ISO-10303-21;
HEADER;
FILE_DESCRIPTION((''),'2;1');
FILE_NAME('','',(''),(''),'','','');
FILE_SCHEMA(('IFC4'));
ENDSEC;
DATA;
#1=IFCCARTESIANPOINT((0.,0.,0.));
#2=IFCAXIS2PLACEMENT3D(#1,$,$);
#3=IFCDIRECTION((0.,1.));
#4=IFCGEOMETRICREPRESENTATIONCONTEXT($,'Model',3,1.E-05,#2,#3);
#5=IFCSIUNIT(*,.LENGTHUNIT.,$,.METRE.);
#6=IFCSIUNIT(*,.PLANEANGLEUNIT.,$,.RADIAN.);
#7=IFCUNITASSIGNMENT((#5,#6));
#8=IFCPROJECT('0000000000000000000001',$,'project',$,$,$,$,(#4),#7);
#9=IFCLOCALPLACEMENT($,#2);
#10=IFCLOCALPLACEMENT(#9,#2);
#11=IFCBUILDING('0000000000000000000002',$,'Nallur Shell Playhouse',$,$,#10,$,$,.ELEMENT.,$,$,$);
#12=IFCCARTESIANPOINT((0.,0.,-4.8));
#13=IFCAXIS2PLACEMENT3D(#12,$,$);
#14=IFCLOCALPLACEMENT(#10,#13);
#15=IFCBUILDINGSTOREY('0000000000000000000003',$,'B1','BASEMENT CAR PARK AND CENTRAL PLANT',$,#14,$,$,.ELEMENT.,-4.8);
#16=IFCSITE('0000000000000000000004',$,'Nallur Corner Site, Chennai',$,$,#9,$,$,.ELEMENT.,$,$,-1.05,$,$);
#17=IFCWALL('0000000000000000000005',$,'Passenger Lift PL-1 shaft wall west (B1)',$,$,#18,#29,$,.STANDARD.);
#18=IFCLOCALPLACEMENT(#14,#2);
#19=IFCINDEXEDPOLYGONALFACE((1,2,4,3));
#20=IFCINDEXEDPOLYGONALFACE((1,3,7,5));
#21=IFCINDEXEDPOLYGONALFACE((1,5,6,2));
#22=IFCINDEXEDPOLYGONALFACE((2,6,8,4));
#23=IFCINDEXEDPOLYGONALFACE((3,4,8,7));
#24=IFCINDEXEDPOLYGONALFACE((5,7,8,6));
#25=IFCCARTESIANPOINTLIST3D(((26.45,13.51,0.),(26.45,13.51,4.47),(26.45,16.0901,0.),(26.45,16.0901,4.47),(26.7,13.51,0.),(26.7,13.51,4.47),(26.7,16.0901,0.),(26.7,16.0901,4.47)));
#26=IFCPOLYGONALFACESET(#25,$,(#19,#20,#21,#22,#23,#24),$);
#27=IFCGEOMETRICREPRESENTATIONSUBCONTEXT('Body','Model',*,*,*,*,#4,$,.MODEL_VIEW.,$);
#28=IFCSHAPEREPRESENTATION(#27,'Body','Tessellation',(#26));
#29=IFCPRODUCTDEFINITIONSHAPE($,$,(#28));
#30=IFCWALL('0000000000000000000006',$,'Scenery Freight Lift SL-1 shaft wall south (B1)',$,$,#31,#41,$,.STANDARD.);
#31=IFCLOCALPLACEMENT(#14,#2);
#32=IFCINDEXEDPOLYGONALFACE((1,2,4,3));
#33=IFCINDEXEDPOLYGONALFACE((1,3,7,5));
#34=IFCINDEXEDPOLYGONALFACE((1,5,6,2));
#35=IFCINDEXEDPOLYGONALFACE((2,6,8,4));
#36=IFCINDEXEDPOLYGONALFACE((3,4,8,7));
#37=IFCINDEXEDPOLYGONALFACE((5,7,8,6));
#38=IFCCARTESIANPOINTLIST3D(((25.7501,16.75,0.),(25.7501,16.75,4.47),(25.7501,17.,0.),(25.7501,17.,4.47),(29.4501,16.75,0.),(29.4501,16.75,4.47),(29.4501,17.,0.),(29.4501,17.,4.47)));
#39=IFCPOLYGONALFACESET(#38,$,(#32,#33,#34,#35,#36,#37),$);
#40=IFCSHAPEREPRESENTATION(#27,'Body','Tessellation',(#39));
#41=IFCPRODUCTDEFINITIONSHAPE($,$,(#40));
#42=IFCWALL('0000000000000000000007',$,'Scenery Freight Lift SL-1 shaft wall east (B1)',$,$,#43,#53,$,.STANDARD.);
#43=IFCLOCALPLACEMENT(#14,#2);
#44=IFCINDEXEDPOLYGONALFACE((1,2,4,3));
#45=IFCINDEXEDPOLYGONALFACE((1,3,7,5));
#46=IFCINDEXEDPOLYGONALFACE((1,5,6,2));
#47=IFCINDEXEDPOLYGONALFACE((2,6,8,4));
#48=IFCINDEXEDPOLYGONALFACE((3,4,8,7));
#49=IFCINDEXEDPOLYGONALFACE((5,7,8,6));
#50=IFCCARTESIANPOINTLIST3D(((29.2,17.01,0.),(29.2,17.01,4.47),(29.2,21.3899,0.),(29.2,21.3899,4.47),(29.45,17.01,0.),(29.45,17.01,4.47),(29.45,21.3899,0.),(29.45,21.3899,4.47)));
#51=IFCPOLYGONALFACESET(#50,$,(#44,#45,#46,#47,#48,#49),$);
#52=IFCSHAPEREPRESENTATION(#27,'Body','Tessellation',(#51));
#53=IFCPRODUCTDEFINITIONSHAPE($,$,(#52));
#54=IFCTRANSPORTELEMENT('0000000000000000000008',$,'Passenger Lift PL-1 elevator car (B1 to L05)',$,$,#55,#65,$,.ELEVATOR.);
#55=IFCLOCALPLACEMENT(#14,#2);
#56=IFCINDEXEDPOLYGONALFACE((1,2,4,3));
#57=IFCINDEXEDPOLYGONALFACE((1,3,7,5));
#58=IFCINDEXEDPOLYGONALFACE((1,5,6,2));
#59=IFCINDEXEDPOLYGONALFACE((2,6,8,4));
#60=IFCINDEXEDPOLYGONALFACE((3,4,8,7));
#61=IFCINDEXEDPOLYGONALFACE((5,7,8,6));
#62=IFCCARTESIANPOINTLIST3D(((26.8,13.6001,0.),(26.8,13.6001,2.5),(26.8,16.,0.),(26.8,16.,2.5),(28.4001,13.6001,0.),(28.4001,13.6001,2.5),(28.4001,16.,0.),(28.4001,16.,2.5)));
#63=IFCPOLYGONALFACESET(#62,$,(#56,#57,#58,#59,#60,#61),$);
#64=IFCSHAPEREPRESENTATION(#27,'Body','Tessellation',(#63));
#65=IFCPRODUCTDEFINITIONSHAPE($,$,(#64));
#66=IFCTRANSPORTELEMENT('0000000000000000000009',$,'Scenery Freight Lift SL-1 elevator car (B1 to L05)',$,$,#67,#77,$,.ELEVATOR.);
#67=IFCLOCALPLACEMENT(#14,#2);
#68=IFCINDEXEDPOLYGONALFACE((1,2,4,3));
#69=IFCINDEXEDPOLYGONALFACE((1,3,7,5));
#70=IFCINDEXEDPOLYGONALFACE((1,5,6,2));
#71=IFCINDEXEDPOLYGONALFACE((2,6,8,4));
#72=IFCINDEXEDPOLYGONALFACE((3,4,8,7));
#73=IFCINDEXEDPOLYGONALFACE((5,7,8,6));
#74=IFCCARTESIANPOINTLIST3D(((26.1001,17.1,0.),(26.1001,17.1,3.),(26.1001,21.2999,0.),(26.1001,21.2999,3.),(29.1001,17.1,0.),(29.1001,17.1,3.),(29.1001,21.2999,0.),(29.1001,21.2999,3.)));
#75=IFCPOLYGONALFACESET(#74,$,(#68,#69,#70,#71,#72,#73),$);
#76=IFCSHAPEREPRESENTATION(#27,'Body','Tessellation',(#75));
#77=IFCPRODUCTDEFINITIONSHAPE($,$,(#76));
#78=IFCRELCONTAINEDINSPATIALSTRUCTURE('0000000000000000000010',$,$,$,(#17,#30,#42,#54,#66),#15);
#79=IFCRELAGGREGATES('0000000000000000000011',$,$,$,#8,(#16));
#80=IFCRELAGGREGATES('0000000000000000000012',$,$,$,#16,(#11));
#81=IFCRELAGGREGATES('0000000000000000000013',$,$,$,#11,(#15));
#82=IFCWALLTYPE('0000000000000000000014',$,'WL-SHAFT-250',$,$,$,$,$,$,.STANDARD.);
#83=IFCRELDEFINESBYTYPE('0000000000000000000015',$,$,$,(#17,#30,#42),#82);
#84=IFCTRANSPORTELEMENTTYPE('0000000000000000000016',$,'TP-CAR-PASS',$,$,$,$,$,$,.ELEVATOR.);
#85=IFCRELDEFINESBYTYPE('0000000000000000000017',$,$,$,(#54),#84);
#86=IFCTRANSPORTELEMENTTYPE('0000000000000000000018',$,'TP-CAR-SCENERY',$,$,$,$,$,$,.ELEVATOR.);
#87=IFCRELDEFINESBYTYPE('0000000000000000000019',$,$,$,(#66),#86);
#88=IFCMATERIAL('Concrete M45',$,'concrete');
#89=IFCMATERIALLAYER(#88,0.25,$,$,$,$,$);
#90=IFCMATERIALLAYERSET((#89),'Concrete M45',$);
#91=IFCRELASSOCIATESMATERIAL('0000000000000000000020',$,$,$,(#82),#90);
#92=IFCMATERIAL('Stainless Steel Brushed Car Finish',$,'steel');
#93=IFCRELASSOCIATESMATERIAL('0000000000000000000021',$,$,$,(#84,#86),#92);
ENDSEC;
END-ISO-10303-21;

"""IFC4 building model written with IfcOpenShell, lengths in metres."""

from ifc_helpers import new_model, si_unit, direction, frame, frame_2d, origin, origin_2d, place, context, subcontext, project, spatial, rectangle, extrude, material, layer, layer_set, type_object, element, save


model = new_model("IFC4")

# Units and contexts
model_context = context("Model", 3, precision=1e-05, world=origin(), true_north=direction((0.0, 1.0)))
body_context = subcontext(model_context, "Body", "Model", "MODEL_VIEW")
ifc_project = project(units=[si_unit("LENGTHUNIT", "METRE"), si_unit("PLANEANGLEUNIT", "RADIAN")], contexts=[model_context])

# Site, building, storey
site_placement = place(None, origin())
site = spatial("IfcSite", under=ifc_project, at=site_placement, Name="Nallur Corner Site, Chennai", CompositionType="ELEMENT", RefElevation=-1.05)
building_placement = place(site_placement, origin())
building = spatial("IfcBuilding", under=site, at=building_placement, Name="Nallur Shell Playhouse", CompositionType="ELEMENT")
storey_placement = place(building_placement, frame((0.0, 0.0, -4.8)))
storey = spatial("IfcBuildingStorey", under=building, at=storey_placement, Name="B1", Description="BASEMENT CAR PARK AND CENTRAL PLANT", CompositionType="ELEMENT", Elevation=-4.8)

# Shared definitions
ifc_material_1 = material(Name="Concrete M45", Category="concrete")

# Shared definitions
ifc_layer_1 = layer(ifc_material_1, 0.25)
ifc_layer_set_1 = layer_set([ifc_layer_1], Name="Concrete M45")
wall_type_1 = type_object("IfcWallType", Name="WL-SHAFT-250", PredefinedType="STANDARD", material=ifc_layer_set_1)

# Walls
for number, where, z_axis, x_axis, name in (
    (1, (26.575, 16.0901, 0.0), (0.0, 0.0, 1.0), (0.0, -1.0, 0.0), "Passenger Lift PL-1 shaft wall west (B1)"),
):
    element("IfcWall", number, at=place(storey_placement, frame(where, z_axis=z_axis, x_axis=x_axis)), inside=storey, type_object=wall_type_1, Name=name, PredefinedType="STANDARD", context=body_context, shape_type="SweptSolid", body=[
        extrude(rectangle(XDim=2.5801, YDim=0.25, at=frame_2d((1.29, 0.0))), origin(), (0.0, 0.0, 1.0), 4.47),
    ])
wall_1_placement = place(storey_placement, frame((25.75, 16.875, 0.0), z_axis=(0.0, 0.0, 1.0), x_axis=(1.0, 0.0, 0.0)))
element("IfcWall", 2, at=wall_1_placement, inside=storey, type_object=wall_type_1, Name="Scenery Freight Lift SL-1 shaft wall south (B1)", PredefinedType="STANDARD", context=body_context, shape_type="SweptSolid", body=[
    extrude(rectangle(XDim=3.7, YDim=0.25, at=frame_2d((1.8501, 0.0))), origin(), (0.0, 0.0, 1.0), 4.47),
])
wall_2_placement = place(storey_placement, frame((29.325, 17.01, 0.0), z_axis=(0.0, 0.0, 1.0), x_axis=(0.0, 1.0, 0.0)))
element("IfcWall", 3, at=wall_2_placement, inside=storey, type_object=wall_type_1, Name="Scenery Freight Lift SL-1 shaft wall east (B1)", PredefinedType="STANDARD", context=body_context, shape_type="SweptSolid", body=[
    extrude(rectangle(XDim=4.3799, YDim=0.25, at=frame_2d((2.1899, 0.0))), origin(), (0.0, 0.0, 1.0), 4.47),
])

# Transport elements
ifc_material_2 = material(Name="Stainless Steel Brushed Car Finish", Category="steel")
transport_element_type_1 = type_object("IfcTransportElementType", Name="TP-CAR-PASS", PredefinedType="ELEVATOR", material=ifc_material_2)
transport_element_1_placement = place(storey_placement, frame((27.6001, 14.8, 0.0), z_axis=(0.0, 0.0, 1.0), x_axis=(1.0, 0.0, 0.0)))
element("IfcTransportElement", 4, at=transport_element_1_placement, inside=storey, type_object=transport_element_type_1, Name="Passenger Lift PL-1 elevator car (B1 to L05)", PredefinedType="ELEVATOR", context=body_context, shape_type="SweptSolid", body=[
    extrude(rectangle(XDim=1.6001, YDim=2.3999, at=origin_2d()), origin(), (0.0, 0.0, 1.0), 2.5),
])
transport_element_type_2 = type_object("IfcTransportElementType", Name="TP-CAR-SCENERY", PredefinedType="ELEVATOR", material=ifc_material_2)
transport_element_2_placement = place(storey_placement, frame((27.6001, 19.2, 0.0), z_axis=(0.0, 0.0, 1.0), x_axis=(1.0, 0.0, 0.0)))
element("IfcTransportElement", 5, at=transport_element_2_placement, inside=storey, type_object=transport_element_type_2, Name="Scenery Freight Lift SL-1 elevator car (B1 to L05)", PredefinedType="ELEVATOR", context=body_context, shape_type="SweptSolid", body=[
    extrude(rectangle(XDim=3.0, YDim=4.2, at=origin_2d()), origin(), (0.0, 0.0, 1.0), 3.0),
])

save(model, "model.ifc")
